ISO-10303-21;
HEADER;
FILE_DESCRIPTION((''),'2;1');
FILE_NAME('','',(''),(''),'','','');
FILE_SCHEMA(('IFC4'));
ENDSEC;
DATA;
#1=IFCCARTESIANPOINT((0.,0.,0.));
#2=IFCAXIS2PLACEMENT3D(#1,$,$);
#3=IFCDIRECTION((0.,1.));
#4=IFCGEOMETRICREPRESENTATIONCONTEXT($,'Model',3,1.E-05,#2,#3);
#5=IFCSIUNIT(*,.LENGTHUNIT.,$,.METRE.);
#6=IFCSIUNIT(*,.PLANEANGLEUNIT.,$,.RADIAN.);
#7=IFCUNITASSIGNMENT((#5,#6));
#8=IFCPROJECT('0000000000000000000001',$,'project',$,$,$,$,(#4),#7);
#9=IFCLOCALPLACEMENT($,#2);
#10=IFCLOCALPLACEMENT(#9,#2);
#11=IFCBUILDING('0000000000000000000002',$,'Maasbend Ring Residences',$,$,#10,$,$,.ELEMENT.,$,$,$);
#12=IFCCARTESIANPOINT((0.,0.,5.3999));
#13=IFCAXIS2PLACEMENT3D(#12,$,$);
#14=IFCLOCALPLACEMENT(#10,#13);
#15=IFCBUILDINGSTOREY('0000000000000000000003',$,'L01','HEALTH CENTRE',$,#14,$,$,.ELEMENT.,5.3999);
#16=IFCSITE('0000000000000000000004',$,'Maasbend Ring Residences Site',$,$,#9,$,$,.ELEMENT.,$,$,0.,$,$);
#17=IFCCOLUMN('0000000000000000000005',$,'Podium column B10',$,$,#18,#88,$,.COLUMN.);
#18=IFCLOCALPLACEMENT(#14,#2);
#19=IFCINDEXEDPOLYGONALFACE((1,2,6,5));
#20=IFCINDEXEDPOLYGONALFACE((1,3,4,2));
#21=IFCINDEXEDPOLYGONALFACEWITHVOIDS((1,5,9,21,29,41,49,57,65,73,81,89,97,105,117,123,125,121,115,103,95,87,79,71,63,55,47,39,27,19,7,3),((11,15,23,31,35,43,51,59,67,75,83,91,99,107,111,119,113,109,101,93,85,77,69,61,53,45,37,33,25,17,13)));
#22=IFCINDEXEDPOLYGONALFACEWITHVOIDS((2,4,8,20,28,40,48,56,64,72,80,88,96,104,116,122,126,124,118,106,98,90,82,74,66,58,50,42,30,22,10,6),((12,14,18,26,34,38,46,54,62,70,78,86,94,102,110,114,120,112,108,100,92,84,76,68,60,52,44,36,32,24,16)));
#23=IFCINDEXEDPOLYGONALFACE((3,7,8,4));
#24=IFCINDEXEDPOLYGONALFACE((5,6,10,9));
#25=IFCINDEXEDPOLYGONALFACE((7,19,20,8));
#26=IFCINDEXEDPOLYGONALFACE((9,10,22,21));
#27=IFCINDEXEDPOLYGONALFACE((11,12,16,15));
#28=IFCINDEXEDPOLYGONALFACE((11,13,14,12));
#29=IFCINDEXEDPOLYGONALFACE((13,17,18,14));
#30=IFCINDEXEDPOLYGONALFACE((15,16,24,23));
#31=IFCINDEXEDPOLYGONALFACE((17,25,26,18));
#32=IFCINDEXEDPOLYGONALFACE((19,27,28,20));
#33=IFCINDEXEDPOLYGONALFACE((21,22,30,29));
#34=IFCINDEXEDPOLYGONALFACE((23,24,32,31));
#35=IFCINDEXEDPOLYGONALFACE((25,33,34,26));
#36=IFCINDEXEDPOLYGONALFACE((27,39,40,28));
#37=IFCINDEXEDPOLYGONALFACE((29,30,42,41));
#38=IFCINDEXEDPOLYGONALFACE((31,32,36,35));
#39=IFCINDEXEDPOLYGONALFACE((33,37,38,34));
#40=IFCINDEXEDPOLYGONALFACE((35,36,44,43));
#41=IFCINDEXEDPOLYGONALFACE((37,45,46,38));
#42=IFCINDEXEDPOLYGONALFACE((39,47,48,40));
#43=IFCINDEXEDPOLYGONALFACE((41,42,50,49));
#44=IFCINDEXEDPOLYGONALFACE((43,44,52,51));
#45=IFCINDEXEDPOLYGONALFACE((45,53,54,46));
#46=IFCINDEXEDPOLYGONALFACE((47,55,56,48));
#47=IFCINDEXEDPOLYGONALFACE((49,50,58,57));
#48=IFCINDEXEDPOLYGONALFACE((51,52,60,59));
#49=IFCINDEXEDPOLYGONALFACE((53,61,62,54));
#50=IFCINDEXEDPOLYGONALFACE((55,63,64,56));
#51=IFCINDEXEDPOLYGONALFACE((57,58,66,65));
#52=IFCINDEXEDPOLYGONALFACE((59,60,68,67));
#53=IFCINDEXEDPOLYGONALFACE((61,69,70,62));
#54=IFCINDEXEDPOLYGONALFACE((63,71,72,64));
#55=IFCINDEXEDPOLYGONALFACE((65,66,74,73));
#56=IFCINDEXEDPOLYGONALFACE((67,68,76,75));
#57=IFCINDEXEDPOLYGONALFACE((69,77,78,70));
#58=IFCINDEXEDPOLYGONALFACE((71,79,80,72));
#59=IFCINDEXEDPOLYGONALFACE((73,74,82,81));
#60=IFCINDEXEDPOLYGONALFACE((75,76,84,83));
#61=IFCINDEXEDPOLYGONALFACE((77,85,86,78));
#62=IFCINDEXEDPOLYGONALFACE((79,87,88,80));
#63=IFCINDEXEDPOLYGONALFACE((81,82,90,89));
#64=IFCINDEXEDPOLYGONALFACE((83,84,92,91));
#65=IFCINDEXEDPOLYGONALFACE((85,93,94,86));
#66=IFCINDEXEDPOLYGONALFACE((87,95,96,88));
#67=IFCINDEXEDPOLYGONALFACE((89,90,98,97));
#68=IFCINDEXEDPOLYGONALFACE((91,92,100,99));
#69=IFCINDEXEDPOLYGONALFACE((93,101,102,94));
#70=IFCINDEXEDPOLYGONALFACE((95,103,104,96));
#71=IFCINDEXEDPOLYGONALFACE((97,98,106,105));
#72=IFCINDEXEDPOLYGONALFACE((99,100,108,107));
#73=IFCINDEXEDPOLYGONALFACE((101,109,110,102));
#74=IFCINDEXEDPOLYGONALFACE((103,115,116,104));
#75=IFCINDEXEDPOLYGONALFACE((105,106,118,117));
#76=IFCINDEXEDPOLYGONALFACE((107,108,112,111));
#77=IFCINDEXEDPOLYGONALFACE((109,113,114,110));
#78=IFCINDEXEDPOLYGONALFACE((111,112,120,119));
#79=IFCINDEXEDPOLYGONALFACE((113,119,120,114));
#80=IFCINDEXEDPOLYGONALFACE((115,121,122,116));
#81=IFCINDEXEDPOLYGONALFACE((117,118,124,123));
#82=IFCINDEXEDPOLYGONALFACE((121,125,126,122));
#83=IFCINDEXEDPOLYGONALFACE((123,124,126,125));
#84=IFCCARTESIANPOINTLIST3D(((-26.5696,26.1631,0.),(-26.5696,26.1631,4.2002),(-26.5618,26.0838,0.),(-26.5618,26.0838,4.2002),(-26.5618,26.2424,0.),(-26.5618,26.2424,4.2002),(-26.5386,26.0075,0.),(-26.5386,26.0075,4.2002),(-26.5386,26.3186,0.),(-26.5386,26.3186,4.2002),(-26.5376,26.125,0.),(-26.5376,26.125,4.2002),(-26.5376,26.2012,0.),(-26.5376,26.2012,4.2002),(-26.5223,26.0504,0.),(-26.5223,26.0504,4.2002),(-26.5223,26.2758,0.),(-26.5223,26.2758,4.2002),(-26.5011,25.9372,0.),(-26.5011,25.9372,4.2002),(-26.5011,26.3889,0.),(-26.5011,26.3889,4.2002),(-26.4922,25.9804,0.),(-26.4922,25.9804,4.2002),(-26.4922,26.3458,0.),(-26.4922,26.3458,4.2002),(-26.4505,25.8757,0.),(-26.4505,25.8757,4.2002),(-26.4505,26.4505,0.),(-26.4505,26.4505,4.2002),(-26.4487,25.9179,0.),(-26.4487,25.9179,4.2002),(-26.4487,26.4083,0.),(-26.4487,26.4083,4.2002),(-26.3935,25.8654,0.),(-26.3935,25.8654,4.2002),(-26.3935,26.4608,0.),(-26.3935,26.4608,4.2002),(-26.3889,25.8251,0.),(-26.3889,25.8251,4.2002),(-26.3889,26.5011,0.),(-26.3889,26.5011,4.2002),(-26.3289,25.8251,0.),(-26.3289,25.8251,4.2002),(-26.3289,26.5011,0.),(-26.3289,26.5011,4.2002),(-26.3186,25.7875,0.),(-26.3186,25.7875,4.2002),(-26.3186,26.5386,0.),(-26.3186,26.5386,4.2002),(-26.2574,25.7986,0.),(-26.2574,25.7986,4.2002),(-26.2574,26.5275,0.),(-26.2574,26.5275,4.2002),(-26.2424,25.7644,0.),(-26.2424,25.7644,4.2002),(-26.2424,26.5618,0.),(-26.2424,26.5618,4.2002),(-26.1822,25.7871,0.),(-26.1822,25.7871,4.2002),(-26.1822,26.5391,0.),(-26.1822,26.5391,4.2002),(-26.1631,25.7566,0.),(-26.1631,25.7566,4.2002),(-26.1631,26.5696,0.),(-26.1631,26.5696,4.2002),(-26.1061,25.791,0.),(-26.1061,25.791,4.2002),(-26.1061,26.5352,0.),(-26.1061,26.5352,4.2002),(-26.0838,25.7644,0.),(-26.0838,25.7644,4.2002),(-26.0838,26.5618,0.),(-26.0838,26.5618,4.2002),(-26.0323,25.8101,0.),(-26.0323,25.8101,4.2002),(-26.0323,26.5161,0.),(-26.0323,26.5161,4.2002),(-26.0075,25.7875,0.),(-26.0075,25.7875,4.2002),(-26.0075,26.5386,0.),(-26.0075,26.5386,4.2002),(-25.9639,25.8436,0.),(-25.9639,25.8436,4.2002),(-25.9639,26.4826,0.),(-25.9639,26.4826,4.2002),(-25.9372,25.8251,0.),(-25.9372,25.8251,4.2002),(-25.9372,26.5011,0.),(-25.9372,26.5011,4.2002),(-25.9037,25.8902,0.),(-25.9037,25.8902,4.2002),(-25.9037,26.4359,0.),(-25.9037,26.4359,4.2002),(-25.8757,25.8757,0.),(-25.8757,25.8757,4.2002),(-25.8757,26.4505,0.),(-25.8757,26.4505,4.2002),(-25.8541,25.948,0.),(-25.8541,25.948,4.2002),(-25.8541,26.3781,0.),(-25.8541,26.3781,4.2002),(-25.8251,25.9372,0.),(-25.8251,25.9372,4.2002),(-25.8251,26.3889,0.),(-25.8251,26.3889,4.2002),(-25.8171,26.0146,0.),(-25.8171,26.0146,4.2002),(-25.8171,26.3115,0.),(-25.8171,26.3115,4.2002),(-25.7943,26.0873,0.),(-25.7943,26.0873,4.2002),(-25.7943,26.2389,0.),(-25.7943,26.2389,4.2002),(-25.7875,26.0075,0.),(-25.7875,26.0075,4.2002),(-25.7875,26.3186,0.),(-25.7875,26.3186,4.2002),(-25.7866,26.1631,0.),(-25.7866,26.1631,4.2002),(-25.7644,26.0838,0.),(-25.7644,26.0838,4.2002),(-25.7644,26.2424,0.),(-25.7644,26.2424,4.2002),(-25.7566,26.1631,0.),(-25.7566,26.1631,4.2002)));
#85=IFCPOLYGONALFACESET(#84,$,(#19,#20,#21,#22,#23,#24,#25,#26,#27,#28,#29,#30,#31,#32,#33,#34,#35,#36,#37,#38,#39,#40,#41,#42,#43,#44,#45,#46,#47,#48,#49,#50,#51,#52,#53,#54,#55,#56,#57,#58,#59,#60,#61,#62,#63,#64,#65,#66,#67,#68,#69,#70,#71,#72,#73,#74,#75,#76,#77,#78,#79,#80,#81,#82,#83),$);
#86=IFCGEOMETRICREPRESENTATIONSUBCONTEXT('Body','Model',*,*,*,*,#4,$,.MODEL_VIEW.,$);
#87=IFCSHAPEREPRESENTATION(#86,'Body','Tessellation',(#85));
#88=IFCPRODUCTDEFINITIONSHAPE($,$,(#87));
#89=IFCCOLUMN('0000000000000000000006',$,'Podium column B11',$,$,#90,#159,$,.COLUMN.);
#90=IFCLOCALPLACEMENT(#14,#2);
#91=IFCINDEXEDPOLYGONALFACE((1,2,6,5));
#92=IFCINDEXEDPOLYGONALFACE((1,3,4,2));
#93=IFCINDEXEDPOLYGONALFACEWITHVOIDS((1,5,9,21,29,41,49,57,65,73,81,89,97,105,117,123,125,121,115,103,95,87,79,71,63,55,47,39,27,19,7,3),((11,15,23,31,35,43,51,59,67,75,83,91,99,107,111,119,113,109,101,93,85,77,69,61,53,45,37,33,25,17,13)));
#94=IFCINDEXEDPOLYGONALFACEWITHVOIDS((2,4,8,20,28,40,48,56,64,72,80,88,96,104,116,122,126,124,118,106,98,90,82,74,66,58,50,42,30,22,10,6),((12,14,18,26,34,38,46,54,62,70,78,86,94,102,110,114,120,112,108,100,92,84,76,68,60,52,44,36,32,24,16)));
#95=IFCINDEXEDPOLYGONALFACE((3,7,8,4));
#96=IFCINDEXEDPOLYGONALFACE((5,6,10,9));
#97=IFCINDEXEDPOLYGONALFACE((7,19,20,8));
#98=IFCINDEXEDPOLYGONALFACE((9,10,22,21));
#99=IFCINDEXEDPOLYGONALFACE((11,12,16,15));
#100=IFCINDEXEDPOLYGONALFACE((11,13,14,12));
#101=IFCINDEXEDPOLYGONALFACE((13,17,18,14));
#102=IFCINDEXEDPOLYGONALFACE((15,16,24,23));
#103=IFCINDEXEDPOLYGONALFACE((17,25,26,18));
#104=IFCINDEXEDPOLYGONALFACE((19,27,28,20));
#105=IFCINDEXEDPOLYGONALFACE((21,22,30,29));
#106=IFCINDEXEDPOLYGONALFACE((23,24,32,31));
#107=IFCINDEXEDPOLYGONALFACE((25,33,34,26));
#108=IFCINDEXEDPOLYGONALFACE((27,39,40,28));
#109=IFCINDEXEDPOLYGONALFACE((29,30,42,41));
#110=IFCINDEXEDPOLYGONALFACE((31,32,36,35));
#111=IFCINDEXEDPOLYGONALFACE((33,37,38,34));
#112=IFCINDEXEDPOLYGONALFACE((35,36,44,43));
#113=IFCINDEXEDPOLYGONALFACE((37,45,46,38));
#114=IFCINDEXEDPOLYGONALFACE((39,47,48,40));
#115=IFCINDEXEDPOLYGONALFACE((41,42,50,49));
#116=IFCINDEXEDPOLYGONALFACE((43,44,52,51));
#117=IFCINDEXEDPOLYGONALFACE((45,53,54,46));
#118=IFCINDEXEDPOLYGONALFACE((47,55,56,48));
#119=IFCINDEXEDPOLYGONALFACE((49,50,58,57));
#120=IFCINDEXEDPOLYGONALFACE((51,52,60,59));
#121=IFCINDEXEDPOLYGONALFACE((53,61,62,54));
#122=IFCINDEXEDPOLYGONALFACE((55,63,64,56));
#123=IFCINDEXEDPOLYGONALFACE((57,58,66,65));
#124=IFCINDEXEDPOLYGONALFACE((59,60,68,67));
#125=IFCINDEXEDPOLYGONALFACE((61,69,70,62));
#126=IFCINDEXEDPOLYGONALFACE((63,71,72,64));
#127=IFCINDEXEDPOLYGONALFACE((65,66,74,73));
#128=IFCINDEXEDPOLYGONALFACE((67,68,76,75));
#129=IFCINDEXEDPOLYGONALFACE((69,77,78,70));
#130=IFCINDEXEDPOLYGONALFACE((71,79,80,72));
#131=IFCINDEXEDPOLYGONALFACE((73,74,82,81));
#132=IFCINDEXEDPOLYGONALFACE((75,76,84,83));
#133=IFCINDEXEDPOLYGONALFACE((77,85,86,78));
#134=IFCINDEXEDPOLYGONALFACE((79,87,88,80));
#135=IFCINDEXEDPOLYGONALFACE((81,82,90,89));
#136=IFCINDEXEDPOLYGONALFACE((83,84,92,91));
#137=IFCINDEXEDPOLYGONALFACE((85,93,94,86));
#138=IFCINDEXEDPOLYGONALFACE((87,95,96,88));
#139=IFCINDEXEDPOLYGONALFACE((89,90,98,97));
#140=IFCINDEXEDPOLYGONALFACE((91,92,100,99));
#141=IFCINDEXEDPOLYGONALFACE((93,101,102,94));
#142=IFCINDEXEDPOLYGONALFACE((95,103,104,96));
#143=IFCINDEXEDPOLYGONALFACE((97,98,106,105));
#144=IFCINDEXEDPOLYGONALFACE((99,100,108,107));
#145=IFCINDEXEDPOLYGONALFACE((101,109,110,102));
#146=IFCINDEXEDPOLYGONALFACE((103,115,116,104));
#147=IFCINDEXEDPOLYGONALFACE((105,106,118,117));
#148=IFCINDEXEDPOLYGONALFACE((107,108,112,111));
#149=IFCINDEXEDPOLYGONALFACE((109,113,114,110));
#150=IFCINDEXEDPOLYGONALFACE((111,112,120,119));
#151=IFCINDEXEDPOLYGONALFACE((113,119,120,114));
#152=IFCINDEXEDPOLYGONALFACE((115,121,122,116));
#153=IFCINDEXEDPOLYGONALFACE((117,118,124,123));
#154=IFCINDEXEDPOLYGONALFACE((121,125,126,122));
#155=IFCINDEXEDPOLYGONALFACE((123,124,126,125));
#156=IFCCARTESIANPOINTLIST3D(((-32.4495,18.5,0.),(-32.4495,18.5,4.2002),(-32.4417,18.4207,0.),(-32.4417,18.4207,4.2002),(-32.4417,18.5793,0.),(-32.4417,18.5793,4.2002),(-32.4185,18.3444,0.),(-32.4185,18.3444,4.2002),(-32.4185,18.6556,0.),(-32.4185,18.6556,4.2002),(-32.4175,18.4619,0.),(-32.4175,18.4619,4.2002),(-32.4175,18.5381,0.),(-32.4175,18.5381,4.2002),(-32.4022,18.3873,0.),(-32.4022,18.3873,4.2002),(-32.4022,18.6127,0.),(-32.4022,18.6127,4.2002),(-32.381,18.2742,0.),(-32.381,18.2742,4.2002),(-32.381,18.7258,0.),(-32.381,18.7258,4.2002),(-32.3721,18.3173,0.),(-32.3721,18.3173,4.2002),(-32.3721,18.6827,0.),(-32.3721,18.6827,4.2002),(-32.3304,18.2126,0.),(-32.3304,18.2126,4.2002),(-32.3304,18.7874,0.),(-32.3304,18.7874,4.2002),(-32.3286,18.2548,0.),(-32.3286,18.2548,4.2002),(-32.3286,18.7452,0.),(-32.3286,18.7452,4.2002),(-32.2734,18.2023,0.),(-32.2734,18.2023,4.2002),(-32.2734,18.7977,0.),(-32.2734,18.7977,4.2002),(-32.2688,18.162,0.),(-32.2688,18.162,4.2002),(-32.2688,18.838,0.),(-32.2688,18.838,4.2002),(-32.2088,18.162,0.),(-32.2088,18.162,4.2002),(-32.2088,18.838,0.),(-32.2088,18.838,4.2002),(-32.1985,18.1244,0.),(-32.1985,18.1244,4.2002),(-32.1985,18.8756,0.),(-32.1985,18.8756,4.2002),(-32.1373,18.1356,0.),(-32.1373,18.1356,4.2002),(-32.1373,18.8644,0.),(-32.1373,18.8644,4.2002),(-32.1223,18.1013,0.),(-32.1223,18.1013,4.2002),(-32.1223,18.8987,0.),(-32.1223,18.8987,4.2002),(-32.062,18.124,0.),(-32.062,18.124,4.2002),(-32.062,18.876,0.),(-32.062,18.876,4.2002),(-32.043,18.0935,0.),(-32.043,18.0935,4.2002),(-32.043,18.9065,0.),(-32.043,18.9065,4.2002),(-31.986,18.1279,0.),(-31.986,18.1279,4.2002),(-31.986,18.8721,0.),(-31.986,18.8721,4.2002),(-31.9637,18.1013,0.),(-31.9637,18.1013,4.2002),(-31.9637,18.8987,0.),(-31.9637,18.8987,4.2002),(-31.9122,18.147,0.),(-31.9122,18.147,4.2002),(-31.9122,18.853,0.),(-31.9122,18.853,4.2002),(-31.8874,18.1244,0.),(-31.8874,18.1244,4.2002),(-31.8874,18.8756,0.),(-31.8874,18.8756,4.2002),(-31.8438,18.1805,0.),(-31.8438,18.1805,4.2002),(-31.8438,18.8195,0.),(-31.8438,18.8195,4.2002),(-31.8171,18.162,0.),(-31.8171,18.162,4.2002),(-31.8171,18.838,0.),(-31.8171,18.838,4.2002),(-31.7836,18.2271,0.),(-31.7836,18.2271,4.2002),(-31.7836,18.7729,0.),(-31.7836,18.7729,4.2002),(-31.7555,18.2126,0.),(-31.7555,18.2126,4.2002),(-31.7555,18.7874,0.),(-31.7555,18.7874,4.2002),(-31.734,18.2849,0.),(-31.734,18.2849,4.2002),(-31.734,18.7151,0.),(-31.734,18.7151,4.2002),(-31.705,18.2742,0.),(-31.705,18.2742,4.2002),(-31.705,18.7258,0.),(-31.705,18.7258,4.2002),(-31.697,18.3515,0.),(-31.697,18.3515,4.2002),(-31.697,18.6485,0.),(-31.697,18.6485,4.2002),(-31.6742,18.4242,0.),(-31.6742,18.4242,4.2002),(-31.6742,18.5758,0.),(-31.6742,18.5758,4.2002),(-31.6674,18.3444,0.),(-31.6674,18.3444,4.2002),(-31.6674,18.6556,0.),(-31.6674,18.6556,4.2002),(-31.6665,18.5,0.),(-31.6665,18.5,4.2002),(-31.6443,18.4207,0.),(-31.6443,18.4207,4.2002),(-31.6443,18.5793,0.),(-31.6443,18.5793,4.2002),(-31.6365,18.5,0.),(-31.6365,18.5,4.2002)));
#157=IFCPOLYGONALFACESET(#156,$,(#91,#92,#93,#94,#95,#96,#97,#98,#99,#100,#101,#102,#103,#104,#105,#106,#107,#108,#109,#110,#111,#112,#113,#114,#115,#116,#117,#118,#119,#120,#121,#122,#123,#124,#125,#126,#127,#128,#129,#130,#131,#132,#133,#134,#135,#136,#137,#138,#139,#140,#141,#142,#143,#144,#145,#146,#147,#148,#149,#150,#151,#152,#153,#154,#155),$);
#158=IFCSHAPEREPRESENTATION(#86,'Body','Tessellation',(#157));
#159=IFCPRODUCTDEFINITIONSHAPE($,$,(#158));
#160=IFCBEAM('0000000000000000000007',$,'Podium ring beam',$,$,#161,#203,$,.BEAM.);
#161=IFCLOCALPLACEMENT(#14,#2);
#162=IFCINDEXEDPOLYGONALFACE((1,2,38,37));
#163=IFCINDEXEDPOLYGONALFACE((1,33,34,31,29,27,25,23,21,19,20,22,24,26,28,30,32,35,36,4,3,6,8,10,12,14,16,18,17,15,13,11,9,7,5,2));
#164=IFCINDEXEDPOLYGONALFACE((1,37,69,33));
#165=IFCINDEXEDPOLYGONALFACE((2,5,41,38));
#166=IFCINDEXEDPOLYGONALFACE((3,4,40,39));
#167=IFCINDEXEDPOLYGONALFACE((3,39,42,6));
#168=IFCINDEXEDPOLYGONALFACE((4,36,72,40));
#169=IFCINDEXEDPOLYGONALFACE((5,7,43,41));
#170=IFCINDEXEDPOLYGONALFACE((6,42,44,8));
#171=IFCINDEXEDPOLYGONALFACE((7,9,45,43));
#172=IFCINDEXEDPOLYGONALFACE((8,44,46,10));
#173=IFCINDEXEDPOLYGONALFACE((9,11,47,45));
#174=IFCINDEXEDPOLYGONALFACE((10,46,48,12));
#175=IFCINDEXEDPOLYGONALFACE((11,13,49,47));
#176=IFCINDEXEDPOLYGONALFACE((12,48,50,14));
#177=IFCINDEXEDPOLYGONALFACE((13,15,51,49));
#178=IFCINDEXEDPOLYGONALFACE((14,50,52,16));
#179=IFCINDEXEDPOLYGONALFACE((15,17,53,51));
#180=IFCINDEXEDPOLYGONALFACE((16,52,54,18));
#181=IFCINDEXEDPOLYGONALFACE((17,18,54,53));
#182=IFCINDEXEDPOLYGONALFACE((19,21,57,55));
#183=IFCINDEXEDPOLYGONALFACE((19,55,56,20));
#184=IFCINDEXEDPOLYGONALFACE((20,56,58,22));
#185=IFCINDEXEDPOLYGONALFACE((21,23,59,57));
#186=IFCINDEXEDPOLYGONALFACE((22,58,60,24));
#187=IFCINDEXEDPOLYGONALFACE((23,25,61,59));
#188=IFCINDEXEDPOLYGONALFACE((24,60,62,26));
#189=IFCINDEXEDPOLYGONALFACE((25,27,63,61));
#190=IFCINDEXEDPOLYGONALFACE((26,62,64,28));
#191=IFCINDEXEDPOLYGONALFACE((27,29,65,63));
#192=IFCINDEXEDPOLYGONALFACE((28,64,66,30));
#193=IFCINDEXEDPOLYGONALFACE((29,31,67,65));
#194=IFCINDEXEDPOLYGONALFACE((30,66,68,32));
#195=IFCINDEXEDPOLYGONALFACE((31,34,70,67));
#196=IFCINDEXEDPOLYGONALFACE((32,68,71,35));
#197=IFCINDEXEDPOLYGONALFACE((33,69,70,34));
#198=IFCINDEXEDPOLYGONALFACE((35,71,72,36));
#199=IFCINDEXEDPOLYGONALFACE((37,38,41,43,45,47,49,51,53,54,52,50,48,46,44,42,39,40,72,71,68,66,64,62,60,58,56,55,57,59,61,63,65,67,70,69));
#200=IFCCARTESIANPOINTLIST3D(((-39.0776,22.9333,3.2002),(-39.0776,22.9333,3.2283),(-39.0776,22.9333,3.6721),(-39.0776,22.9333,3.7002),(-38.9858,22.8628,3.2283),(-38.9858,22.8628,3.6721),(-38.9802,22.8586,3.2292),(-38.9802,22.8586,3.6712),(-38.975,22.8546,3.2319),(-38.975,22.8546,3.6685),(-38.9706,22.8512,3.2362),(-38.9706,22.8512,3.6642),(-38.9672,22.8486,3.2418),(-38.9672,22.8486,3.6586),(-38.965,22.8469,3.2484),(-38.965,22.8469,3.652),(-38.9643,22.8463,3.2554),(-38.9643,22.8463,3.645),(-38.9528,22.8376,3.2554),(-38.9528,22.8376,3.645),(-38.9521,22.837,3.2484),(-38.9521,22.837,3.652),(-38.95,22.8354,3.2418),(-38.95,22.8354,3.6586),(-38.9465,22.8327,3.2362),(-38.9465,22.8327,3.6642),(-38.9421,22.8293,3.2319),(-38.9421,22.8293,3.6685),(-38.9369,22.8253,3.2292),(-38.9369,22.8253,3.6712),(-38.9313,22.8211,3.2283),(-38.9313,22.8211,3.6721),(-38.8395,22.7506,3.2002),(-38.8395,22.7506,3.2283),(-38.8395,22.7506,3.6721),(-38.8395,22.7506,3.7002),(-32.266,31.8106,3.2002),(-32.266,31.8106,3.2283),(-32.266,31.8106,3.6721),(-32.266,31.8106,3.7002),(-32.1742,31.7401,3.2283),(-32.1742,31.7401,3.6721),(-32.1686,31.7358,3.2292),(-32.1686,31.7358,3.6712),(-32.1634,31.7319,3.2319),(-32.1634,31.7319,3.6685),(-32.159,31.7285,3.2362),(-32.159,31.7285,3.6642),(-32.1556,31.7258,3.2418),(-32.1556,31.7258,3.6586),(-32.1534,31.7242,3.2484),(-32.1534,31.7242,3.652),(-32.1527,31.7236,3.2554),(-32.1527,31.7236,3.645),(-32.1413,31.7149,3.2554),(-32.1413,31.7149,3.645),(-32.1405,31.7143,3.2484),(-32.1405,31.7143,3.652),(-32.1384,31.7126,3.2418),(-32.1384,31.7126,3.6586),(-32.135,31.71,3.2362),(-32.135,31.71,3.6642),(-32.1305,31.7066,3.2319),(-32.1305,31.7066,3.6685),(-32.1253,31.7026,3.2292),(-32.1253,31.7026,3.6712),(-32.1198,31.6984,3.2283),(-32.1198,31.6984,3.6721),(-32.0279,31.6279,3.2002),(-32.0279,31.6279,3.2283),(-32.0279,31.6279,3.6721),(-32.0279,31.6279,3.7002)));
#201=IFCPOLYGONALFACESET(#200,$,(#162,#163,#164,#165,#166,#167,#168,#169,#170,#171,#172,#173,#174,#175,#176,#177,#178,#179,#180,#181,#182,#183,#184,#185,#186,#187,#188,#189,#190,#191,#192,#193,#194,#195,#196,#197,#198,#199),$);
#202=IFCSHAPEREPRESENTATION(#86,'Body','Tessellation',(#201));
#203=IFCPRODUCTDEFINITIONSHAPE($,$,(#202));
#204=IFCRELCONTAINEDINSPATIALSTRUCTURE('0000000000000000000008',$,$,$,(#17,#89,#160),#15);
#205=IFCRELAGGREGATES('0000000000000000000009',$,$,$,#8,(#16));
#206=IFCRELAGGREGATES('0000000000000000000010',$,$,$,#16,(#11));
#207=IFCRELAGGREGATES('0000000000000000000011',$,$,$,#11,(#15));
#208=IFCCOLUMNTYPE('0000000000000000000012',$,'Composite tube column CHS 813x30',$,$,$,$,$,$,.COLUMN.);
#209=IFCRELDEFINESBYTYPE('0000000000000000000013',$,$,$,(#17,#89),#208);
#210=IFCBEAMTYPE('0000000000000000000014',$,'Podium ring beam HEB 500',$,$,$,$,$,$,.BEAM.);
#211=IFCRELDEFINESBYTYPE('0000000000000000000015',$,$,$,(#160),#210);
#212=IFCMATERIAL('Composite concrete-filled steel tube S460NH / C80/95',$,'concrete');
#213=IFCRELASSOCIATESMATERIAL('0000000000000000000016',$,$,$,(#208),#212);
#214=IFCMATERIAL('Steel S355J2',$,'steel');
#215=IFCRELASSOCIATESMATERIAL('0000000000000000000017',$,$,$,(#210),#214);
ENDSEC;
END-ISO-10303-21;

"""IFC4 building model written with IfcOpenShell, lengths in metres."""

from ifc_helpers import new_model, si_unit, direction, frame, origin, origin_2d, place, context, subcontext, project, spatial, hollow_circle, i_section, extrude, material, material_profile, profile_set, type_object, element, save


model = new_model("IFC4")

# Units and contexts
model_context = context("Model", 3, precision=1e-05, world=origin(), true_north=direction((0.0, 1.0)))
body_context = subcontext(model_context, "Body", "Model", "MODEL_VIEW")
ifc_project = project(units=[si_unit("LENGTHUNIT", "METRE"), si_unit("PLANEANGLEUNIT", "RADIAN")], contexts=[model_context])

# Site, building, storey
site_placement = place(None, origin())
site = spatial("IfcSite", under=ifc_project, at=site_placement, Name="Maasbend Ring Residences Site", CompositionType="ELEMENT", RefElevation=0.0)
building_placement = place(site_placement, origin())
building = spatial("IfcBuilding", under=site, at=building_placement, Name="Maasbend Ring Residences", CompositionType="ELEMENT")
storey_placement = place(building_placement, frame((0.0, 0.0, 5.3999)))
storey = spatial("IfcBuildingStorey", under=building, at=storey_placement, Name="L01", Description="HEALTH CENTRE", CompositionType="ELEMENT", Elevation=5.3999)

# Columns
ifc_material_1 = material(Name="Composite concrete-filled steel tube S460NH / C80/95", Category="concrete")
ifc_material_profile_1 = material_profile(ifc_material_1, hollow_circle(Radius=0.4065, WallThickness=0.03, at=origin_2d()), Name="Composite tube column CHS 813x30")
ifc_profile_set_1 = profile_set([ifc_material_profile_1], Name="Composite concrete-filled steel tube S460NH / C80/95")
column_type_1 = type_object("IfcColumnType", Name="Composite tube column CHS 813x30", PredefinedType="COLUMN", material=ifc_profile_set_1)
for number, where, z_axis, x_axis, name in (
    (1, (-26.1631, 26.1631, 0.0), (0.0, 0.0, 1.0), (1.0, 0.0, 0.0), "Podium column B10"),
    (2, (-32.043, 18.5, 0.0), (0.0, 0.0, 1.0), (1.0, 0.0, 0.0), "Podium column B11"),
):
    element("IfcColumn", number, at=place(storey_placement, frame(where, z_axis=z_axis, x_axis=x_axis)), inside=storey, type_object=column_type_1, Name=name, PredefinedType="COLUMN", context=body_context, shape_type="SweptSolid", body=[
        extrude(hollow_circle(Radius=0.4065, WallThickness=0.03, at=origin_2d()), origin(), (0.0, 0.0, 1.0), 4.2002),
    ])

# Beam
ifc_material_2 = material(Name="Steel S355J2", Category="steel")
ifc_material_profile_2 = material_profile(ifc_material_2, i_section(OverallWidth=0.3, OverallDepth=0.5, WebThickness=0.0144, FlangeThickness=0.0281, FilletRadius=0.0271, at=origin_2d()), Name="HEB 500")
ifc_profile_set_2 = profile_set([ifc_material_profile_2], Name="Steel S355J2")
beam_type_1 = type_object("IfcBeamType", Name="Podium ring beam HEB 500", PredefinedType="BEAM", material=ifc_profile_set_2)
for number, where, z_axis, x_axis, name in (
    (3, (-32.147, 31.7192, 3.4502), (-0.608751, -0.793362, 0.0), (0.793362, -0.608751, 0.0), "Podium ring beam"),
):
    element("IfcBeam", number, at=place(storey_placement, frame(where, z_axis=z_axis, x_axis=x_axis)), inside=storey, type_object=beam_type_1, Name=name, PredefinedType="BEAM", context=body_context, shape_type="SweptSolid", body=[
        extrude(i_section(OverallWidth=0.3, OverallDepth=0.5, WebThickness=0.0144, FlangeThickness=0.0281, FilletRadius=0.0271, at=origin_2d()), origin(), (0.0, 0.0, 1.0), 11.1895),
    ])

save(model, "model.ifc")
